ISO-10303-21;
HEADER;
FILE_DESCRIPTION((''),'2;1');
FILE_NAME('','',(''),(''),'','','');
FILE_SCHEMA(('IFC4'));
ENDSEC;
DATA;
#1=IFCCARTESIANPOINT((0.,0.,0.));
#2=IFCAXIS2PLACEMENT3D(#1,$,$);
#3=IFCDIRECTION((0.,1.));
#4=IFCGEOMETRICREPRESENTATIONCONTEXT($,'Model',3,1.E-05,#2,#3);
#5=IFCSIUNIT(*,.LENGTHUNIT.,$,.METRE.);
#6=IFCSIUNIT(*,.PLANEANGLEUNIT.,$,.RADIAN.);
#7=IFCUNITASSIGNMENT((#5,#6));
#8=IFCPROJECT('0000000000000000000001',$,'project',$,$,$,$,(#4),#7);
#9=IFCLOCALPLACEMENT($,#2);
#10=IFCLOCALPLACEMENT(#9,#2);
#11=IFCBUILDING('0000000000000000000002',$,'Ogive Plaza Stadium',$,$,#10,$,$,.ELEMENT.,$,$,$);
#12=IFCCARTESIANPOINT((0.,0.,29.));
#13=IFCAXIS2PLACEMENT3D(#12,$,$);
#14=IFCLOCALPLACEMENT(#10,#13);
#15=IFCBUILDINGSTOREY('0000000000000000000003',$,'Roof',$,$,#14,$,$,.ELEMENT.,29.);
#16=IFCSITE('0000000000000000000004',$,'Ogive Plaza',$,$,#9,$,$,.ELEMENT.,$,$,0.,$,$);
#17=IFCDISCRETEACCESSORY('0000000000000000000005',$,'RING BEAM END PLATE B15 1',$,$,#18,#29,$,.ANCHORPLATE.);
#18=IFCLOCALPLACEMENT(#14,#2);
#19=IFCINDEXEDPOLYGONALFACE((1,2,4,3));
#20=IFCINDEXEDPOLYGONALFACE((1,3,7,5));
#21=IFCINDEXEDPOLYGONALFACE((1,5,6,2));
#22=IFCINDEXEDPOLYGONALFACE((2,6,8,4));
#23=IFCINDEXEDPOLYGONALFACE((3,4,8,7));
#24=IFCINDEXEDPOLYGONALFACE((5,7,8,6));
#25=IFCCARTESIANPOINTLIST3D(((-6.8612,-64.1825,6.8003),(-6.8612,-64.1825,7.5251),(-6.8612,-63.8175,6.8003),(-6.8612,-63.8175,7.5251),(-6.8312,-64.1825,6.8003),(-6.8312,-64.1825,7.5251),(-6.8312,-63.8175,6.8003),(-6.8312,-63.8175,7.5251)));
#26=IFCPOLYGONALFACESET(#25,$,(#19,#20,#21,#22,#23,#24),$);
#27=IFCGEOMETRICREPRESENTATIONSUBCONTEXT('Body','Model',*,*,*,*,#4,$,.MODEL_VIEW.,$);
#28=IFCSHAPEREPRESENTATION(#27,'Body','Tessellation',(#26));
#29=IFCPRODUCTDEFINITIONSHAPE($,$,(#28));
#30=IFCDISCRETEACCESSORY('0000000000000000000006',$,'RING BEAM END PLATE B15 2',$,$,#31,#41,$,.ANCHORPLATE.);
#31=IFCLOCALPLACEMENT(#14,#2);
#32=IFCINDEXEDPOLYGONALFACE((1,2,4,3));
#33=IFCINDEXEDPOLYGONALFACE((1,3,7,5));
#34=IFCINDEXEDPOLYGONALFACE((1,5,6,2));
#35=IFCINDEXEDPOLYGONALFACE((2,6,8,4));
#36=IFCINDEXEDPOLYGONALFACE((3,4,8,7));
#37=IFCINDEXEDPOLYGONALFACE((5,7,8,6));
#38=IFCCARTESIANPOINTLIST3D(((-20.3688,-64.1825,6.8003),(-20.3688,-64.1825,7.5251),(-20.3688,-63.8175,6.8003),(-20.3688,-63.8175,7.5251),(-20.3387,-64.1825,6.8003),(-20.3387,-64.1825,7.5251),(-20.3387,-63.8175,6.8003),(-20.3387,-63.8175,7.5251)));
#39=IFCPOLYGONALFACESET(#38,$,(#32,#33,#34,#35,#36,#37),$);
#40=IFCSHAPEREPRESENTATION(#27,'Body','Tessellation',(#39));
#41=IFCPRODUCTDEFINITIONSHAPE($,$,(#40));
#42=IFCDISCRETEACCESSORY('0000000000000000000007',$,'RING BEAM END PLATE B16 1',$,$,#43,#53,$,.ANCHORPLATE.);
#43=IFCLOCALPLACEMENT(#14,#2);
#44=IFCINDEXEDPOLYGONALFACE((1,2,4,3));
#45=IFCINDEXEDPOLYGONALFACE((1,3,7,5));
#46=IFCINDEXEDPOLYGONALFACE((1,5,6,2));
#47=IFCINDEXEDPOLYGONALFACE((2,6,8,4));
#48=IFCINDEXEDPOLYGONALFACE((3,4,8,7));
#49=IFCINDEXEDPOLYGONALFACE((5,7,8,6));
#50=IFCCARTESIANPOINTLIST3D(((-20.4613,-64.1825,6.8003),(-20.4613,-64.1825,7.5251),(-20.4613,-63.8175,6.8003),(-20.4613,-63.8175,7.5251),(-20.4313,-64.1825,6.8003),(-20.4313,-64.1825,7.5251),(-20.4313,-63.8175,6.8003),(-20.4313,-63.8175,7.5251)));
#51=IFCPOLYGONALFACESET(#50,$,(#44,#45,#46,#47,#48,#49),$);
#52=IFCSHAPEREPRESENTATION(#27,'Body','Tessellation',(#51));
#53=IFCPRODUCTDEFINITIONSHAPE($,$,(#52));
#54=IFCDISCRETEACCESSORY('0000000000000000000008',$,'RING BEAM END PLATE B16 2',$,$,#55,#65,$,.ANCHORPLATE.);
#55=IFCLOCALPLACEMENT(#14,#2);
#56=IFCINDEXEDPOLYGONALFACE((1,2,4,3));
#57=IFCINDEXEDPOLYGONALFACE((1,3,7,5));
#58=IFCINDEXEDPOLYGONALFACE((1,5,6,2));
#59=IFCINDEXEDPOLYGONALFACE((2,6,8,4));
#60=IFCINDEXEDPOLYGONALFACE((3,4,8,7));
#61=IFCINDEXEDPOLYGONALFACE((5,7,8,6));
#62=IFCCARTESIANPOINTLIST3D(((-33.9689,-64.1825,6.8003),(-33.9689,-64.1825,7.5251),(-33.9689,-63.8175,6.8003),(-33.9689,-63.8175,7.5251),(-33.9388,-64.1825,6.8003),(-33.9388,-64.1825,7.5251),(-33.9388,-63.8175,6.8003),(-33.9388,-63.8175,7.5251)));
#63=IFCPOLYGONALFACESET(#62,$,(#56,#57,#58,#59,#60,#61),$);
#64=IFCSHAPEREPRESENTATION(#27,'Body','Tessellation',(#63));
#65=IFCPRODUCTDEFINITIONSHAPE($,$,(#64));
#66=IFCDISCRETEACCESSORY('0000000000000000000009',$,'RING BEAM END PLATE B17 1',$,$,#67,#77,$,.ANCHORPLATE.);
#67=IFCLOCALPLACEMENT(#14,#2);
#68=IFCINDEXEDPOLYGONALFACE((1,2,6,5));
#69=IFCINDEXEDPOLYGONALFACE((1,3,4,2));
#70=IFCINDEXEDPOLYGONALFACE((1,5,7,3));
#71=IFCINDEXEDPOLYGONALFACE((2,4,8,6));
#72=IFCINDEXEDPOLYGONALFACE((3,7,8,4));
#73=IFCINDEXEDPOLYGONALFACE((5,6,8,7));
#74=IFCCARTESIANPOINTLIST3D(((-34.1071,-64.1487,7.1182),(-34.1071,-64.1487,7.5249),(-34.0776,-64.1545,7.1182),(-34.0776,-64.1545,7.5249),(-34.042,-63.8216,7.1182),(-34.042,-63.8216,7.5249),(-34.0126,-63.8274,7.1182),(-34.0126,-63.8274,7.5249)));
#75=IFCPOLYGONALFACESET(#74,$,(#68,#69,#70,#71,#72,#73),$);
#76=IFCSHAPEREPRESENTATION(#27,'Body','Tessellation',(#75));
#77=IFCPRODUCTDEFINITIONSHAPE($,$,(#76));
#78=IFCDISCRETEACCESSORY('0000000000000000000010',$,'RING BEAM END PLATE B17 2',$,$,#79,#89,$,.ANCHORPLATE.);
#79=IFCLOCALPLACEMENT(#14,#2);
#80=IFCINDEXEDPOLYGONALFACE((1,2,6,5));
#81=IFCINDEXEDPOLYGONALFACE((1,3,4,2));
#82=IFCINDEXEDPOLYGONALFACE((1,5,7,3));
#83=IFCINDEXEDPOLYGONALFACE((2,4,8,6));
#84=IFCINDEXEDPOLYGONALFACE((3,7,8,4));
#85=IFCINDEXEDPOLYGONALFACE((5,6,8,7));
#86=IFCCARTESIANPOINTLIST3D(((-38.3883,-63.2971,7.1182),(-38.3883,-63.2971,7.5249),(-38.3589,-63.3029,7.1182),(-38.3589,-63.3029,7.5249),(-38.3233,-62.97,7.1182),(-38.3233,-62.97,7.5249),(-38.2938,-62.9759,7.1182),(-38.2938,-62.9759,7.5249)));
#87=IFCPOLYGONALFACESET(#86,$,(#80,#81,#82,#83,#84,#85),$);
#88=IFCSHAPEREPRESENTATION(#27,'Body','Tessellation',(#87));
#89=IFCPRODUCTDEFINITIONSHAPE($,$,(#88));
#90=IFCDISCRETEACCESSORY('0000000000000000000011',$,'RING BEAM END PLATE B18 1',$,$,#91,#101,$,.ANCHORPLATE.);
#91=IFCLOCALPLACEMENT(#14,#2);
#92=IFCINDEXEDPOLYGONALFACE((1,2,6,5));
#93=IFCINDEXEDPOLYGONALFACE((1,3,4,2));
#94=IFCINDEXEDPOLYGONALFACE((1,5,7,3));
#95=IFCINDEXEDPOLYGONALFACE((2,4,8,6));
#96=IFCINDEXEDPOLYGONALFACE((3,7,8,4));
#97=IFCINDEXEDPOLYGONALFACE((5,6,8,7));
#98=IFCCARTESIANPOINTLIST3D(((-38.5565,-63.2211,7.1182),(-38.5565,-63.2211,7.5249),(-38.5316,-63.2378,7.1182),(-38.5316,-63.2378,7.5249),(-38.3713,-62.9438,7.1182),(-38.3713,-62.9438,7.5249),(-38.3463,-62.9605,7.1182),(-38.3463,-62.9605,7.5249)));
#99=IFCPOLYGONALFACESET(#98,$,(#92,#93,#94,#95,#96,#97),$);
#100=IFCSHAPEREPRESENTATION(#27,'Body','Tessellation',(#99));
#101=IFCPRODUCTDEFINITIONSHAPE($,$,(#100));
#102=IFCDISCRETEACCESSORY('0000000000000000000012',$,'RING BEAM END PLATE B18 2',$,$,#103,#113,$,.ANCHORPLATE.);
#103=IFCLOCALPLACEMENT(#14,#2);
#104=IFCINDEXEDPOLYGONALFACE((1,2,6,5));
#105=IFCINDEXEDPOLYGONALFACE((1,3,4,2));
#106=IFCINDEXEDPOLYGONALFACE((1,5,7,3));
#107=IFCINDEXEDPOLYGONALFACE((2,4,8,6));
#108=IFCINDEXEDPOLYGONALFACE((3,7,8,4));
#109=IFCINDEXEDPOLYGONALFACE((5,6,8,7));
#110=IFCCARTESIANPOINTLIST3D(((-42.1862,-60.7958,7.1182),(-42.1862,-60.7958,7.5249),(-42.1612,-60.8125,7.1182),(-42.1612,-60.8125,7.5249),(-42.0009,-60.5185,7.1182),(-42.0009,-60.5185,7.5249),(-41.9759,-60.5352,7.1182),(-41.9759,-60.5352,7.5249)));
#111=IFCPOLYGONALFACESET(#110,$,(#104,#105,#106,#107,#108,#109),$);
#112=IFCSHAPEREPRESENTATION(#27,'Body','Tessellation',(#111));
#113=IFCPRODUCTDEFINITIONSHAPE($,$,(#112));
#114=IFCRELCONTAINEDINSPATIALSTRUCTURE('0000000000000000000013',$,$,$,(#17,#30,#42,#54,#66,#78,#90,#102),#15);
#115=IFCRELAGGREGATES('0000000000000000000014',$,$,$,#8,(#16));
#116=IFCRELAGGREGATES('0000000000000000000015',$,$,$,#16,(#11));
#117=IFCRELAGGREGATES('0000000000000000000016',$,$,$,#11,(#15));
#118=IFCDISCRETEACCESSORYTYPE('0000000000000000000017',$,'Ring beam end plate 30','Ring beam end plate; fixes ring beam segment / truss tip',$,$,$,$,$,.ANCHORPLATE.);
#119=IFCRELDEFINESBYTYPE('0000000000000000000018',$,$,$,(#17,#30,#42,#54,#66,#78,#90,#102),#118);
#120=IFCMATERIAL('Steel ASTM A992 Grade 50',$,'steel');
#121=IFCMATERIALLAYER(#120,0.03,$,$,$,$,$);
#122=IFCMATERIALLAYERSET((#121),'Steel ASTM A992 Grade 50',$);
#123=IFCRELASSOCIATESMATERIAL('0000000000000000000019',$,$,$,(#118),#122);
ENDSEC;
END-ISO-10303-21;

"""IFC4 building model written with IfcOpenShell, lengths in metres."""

from ifc_helpers import new_model, si_unit, direction, frame, origin, origin_2d, place, context, subcontext, project, spatial, rectangle, extrude, material, layer, layer_set, type_object, element, save


model = new_model("IFC4")

# Units and contexts
model_context = context("Model", 3, precision=1e-05, world=origin(), true_north=direction((0.0, 1.0)))
body_context = subcontext(model_context, "Body", "Model", "MODEL_VIEW")
ifc_project = project(units=[si_unit("LENGTHUNIT", "METRE"), si_unit("PLANEANGLEUNIT", "RADIAN")], contexts=[model_context])

# Site, building, storey
site_placement = place(None, origin())
site = spatial("IfcSite", under=ifc_project, at=site_placement, Name="Ogive Plaza", CompositionType="ELEMENT", RefElevation=0.0)
building_placement = place(site_placement, origin())
building = spatial("IfcBuilding", under=site, at=building_placement, Name="Ogive Plaza Stadium", CompositionType="ELEMENT")
storey_placement = place(building_placement, frame((0.0, 0.0, 29.0)))
storey = spatial("IfcBuildingStorey", under=building, at=storey_placement, Name="Roof", CompositionType="ELEMENT", Elevation=29.0)

# Discrete accessories
ifc_material_1 = material(Name="Steel ASTM A992 Grade 50", Category="steel")
ifc_layer_1 = layer(ifc_material_1, 0.03)
ifc_layer_set_1 = layer_set([ifc_layer_1], Name="Steel ASTM A992 Grade 50")
discrete_accessory_type = type_object("IfcDiscreteAccessoryType", Name="Ring beam end plate 30", Description="Ring beam end plate; fixes ring beam segment / truss tip", PredefinedType="ANCHORPLATE", material=ifc_layer_set_1)
for number, where, z_axis, x_axis, name in (
    (1, (-6.8462, -64.0, 6.8003), (0.0, 0.0, 1.0), (-1.0, 0.0, 0.0), "RING BEAM END PLATE B15 1"),
    (2, (-20.3538, -64.0, 6.8003), (0.0, 0.0, 1.0), (-1.0, 0.0, 0.0), "RING BEAM END PLATE B15 2"),
    (3, (-20.4463, -64.0, 6.8003), (0.0, 0.0, 1.0), (-1.0, 0.0, 0.0), "RING BEAM END PLATE B16 1"),
    (4, (-33.9539, -64.0, 6.8003), (0.0, 0.0, 1.0), (-1.0, 0.0, 0.0), "RING BEAM END PLATE B16 2"),
):
    element("IfcDiscreteAccessory", number, at=place(storey_placement, frame(where, z_axis=z_axis, x_axis=x_axis)), inside=storey, type_object=discrete_accessory_type, Name=name, PredefinedType="ANCHORPLATE", context=body_context, shape_type="SweptSolid", body=[
        extrude(rectangle(XDim=0.03, YDim=0.365, at=origin_2d()), origin(), (0.0, 0.0, 1.0), 0.7249),
    ])
for number, where, z_axis, x_axis, name in (
    (5, (-34.0598, -63.988, 7.1182), (0.0, 0.0, 1.0), (-0.980785, 0.19509, 0.0), "RING BEAM END PLATE B17 1"),
    (6, (-38.3411, -63.1365, 7.1182), (0.0, 0.0, 1.0), (-0.980785, 0.19509, 0.0), "RING BEAM END PLATE B17 2"),
    (7, (-38.4514, -63.0908, 7.1182), (0.0, 0.0, 1.0), (-0.83147, 0.55557, 0.0), "RING BEAM END PLATE B18 1"),
    (8, (-42.0811, -60.6655, 7.1182), (0.0, 0.0, 1.0), (-0.83147, 0.55557, 0.0), "RING BEAM END PLATE B18 2"),
):
    element("IfcDiscreteAccessory", number, at=place(storey_placement, frame(where, z_axis=z_axis, x_axis=x_axis)), inside=storey, type_object=discrete_accessory_type, Name=name, PredefinedType="ANCHORPLATE", context=body_context, shape_type="SweptSolid", body=[
        extrude(rectangle(XDim=0.03, YDim=0.3335, at=origin_2d()), origin(), (0.0, 0.0, 1.0), 0.4067),
    ])

save(model, "model.ifc")
